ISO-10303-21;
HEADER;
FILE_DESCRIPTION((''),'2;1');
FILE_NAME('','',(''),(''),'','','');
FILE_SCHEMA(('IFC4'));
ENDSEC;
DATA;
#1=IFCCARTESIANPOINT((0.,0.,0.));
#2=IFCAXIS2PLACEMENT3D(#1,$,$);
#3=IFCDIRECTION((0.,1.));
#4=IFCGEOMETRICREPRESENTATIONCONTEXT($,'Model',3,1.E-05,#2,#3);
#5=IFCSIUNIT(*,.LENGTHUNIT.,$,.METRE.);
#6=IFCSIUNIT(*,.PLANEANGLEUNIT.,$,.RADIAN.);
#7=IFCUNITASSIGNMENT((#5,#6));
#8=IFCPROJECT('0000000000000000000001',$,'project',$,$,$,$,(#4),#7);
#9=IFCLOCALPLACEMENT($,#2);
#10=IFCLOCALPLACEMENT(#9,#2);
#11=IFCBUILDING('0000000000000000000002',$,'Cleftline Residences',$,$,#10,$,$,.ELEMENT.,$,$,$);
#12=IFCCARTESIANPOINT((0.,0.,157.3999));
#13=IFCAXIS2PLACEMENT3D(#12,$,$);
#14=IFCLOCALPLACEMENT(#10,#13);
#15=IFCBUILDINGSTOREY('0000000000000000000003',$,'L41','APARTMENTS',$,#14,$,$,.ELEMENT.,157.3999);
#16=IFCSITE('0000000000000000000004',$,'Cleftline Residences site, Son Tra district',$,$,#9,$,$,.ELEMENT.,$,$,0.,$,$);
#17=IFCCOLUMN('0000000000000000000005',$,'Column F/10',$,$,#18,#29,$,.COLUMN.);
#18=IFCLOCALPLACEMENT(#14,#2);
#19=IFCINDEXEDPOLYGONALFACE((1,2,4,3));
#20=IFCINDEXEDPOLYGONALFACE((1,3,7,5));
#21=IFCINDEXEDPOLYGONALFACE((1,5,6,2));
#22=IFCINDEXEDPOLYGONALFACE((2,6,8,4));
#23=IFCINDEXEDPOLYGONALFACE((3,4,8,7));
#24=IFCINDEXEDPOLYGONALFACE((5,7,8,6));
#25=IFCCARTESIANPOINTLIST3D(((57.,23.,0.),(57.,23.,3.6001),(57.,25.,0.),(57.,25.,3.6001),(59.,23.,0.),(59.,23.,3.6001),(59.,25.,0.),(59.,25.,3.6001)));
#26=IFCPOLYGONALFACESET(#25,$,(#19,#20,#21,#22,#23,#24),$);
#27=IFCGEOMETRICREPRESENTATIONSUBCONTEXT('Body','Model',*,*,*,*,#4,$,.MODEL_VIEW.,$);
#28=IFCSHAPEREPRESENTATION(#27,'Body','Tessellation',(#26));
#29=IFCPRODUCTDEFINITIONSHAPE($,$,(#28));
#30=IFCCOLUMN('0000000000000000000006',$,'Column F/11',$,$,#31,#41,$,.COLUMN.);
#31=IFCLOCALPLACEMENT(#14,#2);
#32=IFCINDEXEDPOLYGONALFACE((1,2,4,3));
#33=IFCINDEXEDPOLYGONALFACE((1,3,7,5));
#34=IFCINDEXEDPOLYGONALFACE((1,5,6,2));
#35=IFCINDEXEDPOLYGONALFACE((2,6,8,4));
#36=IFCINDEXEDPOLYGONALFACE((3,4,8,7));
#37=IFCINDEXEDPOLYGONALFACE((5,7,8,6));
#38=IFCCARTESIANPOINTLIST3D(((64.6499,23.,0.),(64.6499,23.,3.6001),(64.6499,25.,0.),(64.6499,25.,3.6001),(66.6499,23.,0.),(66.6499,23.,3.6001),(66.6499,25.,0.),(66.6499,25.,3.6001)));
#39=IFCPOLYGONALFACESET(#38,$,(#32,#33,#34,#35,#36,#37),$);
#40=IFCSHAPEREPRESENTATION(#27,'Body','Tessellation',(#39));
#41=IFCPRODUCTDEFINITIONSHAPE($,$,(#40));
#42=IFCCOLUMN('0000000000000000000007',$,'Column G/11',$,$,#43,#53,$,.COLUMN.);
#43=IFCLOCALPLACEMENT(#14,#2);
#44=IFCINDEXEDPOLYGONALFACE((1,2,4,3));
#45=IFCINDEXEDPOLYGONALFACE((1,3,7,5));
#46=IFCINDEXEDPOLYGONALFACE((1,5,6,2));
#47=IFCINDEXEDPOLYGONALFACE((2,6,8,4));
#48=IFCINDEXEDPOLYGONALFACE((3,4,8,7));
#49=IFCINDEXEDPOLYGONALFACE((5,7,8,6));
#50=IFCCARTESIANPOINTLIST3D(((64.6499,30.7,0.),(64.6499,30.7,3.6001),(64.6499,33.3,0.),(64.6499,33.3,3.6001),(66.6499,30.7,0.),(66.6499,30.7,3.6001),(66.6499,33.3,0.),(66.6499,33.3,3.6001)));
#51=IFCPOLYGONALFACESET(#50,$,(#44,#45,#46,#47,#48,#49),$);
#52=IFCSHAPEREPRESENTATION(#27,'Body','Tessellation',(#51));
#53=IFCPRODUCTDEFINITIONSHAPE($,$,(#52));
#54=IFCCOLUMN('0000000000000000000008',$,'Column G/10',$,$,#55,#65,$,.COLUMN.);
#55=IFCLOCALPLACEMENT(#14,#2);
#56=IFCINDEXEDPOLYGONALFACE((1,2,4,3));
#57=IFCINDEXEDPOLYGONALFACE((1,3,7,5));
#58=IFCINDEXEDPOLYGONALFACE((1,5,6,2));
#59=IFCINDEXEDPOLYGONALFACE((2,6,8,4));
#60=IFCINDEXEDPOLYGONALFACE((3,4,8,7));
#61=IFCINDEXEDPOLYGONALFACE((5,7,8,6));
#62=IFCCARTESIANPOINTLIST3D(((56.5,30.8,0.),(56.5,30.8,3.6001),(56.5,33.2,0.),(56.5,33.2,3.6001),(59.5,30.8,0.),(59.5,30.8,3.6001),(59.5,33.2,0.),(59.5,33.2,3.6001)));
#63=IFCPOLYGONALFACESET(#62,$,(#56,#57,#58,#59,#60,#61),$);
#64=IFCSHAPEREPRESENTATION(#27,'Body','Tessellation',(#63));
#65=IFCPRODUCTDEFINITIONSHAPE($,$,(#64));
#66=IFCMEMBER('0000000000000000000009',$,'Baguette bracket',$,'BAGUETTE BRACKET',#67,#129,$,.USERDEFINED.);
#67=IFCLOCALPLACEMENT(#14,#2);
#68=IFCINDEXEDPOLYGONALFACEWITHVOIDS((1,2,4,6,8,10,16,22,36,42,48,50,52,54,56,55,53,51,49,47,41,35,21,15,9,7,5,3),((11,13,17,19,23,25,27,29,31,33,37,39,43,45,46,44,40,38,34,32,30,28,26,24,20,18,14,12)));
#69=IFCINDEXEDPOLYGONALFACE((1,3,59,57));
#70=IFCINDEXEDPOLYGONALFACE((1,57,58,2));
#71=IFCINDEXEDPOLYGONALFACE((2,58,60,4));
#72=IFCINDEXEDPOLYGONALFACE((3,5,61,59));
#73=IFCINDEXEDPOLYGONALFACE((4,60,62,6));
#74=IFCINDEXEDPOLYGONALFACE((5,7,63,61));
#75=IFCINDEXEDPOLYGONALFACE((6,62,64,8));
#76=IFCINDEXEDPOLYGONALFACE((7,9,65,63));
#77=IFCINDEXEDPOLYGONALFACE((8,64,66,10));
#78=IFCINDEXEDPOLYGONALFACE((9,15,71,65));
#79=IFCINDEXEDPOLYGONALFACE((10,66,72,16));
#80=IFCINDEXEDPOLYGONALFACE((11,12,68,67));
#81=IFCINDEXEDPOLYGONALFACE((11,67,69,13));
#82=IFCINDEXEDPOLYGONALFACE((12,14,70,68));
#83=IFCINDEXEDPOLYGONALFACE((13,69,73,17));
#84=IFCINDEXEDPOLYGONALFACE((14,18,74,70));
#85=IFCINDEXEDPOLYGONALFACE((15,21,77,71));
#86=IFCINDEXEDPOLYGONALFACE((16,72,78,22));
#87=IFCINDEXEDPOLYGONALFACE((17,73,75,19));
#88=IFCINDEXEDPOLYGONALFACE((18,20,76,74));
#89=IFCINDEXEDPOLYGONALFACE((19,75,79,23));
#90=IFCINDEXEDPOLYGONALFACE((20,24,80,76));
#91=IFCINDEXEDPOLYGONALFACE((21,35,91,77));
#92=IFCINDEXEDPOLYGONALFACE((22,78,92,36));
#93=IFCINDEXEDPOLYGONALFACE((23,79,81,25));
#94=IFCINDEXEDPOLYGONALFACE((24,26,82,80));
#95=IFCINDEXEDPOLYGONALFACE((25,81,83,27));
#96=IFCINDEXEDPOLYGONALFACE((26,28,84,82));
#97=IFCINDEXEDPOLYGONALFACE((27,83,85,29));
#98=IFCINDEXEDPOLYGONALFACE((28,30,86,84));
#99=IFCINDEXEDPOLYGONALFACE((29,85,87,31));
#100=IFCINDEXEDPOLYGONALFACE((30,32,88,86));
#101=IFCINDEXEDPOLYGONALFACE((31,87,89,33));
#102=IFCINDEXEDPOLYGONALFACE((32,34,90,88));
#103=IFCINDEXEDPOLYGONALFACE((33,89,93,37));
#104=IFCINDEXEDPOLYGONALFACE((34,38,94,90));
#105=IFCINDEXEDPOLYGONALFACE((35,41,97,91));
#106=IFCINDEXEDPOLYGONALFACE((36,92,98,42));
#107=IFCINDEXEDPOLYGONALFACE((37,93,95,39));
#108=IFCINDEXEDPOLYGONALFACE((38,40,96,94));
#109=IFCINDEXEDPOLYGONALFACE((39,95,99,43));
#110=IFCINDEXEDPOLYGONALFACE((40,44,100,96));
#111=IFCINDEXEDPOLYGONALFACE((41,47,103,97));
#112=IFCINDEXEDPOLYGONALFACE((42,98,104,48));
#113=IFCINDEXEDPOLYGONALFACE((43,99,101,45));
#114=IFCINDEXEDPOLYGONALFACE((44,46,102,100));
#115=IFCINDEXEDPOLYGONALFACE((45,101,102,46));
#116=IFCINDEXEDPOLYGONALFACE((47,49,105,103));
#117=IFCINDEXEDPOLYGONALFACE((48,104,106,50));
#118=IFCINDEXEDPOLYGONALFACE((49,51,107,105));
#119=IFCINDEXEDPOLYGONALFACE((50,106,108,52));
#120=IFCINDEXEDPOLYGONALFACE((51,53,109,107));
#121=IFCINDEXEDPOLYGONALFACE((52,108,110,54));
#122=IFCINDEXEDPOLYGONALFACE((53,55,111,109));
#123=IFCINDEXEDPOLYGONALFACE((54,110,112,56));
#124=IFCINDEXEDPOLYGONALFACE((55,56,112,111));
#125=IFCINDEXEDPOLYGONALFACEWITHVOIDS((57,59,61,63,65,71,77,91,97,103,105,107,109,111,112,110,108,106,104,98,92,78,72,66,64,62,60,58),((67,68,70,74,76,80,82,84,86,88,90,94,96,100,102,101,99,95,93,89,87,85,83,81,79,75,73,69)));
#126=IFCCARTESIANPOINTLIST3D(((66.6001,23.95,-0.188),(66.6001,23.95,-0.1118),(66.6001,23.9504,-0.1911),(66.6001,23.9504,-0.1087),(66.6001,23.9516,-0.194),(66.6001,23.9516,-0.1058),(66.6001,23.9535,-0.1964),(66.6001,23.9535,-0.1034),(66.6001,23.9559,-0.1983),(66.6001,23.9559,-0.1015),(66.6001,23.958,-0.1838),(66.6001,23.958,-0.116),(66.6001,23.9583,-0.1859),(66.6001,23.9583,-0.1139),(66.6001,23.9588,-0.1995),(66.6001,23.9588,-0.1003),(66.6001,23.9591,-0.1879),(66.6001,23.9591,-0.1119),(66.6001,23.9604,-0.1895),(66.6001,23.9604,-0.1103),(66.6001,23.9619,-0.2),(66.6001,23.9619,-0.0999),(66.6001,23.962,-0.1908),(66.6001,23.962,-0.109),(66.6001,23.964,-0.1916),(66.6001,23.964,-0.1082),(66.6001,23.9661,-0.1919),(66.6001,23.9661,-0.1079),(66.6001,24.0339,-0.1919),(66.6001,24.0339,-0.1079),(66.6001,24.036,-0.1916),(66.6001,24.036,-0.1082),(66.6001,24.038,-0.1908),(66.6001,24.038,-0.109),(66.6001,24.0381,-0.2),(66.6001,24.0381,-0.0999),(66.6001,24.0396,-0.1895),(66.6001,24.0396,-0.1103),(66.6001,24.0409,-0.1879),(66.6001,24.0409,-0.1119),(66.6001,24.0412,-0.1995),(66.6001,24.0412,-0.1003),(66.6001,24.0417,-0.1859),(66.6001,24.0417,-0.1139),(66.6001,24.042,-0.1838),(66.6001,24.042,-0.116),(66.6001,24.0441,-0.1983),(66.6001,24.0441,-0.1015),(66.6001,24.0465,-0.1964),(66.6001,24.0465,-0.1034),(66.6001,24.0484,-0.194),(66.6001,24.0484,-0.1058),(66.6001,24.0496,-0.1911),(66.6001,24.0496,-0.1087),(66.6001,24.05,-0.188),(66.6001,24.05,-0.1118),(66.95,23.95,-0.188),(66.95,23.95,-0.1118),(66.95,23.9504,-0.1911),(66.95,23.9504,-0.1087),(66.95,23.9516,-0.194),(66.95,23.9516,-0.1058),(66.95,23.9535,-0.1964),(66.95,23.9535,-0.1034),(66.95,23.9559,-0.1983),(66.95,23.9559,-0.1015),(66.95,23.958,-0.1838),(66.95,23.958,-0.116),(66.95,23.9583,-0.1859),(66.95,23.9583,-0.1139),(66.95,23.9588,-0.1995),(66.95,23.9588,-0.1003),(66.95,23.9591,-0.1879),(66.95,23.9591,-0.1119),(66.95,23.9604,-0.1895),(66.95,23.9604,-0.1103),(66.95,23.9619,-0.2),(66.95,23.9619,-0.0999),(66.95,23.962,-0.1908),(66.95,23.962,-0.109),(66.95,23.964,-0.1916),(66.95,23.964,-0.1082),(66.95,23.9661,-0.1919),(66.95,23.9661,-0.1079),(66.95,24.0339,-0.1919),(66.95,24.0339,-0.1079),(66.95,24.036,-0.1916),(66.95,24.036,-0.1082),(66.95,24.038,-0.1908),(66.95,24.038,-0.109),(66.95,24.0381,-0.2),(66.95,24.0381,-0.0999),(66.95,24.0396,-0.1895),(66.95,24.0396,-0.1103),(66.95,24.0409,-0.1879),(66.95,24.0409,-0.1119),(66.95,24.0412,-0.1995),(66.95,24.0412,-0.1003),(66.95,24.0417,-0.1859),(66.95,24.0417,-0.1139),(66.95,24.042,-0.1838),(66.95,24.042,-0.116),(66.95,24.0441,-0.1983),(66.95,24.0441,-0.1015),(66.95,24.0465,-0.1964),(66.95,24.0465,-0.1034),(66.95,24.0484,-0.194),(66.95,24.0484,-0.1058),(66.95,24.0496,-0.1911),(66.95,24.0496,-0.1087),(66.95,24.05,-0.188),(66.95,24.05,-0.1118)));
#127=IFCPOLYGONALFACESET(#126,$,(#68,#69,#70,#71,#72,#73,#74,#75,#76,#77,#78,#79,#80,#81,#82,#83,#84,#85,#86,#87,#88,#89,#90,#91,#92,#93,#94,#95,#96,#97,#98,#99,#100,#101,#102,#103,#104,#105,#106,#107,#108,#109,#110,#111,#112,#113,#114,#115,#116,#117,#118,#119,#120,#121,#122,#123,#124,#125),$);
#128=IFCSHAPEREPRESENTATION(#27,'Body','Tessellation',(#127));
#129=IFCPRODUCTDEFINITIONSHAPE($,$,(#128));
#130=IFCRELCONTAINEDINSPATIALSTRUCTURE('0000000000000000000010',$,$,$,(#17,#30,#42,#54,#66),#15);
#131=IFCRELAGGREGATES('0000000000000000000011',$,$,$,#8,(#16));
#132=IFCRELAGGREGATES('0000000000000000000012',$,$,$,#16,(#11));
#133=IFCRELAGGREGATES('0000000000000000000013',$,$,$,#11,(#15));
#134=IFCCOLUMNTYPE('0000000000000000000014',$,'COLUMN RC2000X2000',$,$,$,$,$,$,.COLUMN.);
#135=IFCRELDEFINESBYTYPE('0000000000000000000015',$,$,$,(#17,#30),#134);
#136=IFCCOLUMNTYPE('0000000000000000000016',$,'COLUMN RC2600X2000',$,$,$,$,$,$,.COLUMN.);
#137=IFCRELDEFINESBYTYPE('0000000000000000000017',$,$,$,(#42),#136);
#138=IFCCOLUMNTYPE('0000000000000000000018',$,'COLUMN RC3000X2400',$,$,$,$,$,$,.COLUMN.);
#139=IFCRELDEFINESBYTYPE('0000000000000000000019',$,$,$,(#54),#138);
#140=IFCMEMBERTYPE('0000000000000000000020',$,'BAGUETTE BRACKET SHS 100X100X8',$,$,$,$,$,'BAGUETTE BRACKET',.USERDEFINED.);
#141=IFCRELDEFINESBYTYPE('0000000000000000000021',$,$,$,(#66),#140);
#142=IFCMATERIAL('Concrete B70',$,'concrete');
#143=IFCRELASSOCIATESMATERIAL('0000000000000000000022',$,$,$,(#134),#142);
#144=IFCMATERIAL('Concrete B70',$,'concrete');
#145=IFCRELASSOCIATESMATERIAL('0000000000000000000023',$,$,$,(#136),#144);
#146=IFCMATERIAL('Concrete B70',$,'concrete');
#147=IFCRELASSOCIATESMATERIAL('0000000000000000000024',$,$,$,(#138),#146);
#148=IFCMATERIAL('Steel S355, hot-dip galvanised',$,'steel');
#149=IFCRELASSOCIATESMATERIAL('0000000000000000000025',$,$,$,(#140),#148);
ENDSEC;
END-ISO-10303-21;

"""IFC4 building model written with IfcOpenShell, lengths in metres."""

from ifc_helpers import new_model, si_unit, direction, frame, origin, origin_2d, place, context, subcontext, project, spatial, rectangle, hollow_rectangle, extrude, material, material_profile, profile_set, type_object, element, save


model = new_model("IFC4")

# Units and contexts
model_context = context("Model", 3, precision=1e-05, world=origin(), true_north=direction((0.0, 1.0)))
body_context = subcontext(model_context, "Body", "Model", "MODEL_VIEW")
ifc_project = project(units=[si_unit("LENGTHUNIT", "METRE"), si_unit("PLANEANGLEUNIT", "RADIAN")], contexts=[model_context])

# Site, building, storey
site_placement = place(None, origin())
site = spatial("IfcSite", under=ifc_project, at=site_placement, Name="Cleftline Residences site, Son Tra district", CompositionType="ELEMENT", RefElevation=0.0)
building_placement = place(site_placement, origin())
building = spatial("IfcBuilding", under=site, at=building_placement, Name="Cleftline Residences", CompositionType="ELEMENT")
storey_placement = place(building_placement, frame((0.0, 0.0, 157.3999)))
storey = spatial("IfcBuildingStorey", under=building, at=storey_placement, Name="L41", Description="APARTMENTS", CompositionType="ELEMENT", Elevation=157.3999)

# Columns
ifc_material_1 = material(Name="Concrete B70", Category="concrete")
ifc_material_profile_1 = material_profile(ifc_material_1, rectangle(XDim=2.0, YDim=2.0, at=origin_2d()))
ifc_profile_set_1 = profile_set([ifc_material_profile_1], Name="Concrete B70")
column_type_1 = type_object("IfcColumnType", Name="COLUMN RC2000X2000", PredefinedType="COLUMN", material=ifc_profile_set_1)
for number, where, z_axis, x_axis, name in (
    (1, (58.0, 24.0, 0.0), (0.0, 0.0, 1.0), (1.0, 0.0, 0.0), "Column F/10"),
    (2, (65.6499, 24.0, 0.0), (0.0, 0.0, 1.0), (1.0, 0.0, 0.0), "Column F/11"),
):
    element("IfcColumn", number, at=place(storey_placement, frame(where, z_axis=z_axis, x_axis=x_axis)), inside=storey, type_object=column_type_1, Name=name, PredefinedType="COLUMN", context=body_context, shape_type="SweptSolid", body=[
        extrude(rectangle(XDim=2.0, YDim=2.0, at=origin_2d()), origin(), (0.0, 0.0, 1.0), 3.6001),
    ])
ifc_material_2 = material(Name="Concrete B70", Category="concrete")
ifc_material_profile_2 = material_profile(ifc_material_2, rectangle(XDim=2.6001, YDim=2.0, at=origin_2d()))
ifc_profile_set_2 = profile_set([ifc_material_profile_2], Name="Concrete B70")
column_type_2 = type_object("IfcColumnType", Name="COLUMN RC2600X2000", PredefinedType="COLUMN", material=ifc_profile_set_2)
column_1_placement = place(storey_placement, frame((65.6499, 32.0, 0.0), z_axis=(0.0, 0.0, 1.0), x_axis=(0.0, 1.0, 0.0)))
element("IfcColumn", 3, at=column_1_placement, inside=storey, type_object=column_type_2, Name="Column G/11", PredefinedType="COLUMN", context=body_context, shape_type="SweptSolid", body=[
    extrude(rectangle(XDim=2.6001, YDim=2.0, at=origin_2d()), origin(), (0.0, 0.0, 1.0), 3.6001),
])
ifc_material_3 = material(Name="Concrete B70", Category="concrete")
ifc_material_profile_3 = material_profile(ifc_material_3, rectangle(XDim=3.0, YDim=2.3999, at=origin_2d()))
ifc_profile_set_3 = profile_set([ifc_material_profile_3], Name="Concrete B70")
column_type_3 = type_object("IfcColumnType", Name="COLUMN RC3000X2400", PredefinedType="COLUMN", material=ifc_profile_set_3)
column_2_placement = place(storey_placement, frame((58.0, 32.0, 0.0), z_axis=(0.0, 0.0, 1.0), x_axis=(1.0, 0.0, 0.0)))
element("IfcColumn", 4, at=column_2_placement, inside=storey, type_object=column_type_3, Name="Column G/10", PredefinedType="COLUMN", context=body_context, shape_type="SweptSolid", body=[
    extrude(rectangle(XDim=3.0, YDim=2.3999, at=origin_2d()), origin(), (0.0, 0.0, 1.0), 3.6001),
])

# Member
ifc_material_4 = material(Name="Steel S355, hot-dip galvanised", Category="steel")
ifc_material_profile_4 = material_profile(ifc_material_4, hollow_rectangle(XDim=0.1001, YDim=0.1001, WallThickness=0.0081, InnerFilletRadius=0.0081, OuterFilletRadius=0.012, at=origin_2d()))
ifc_profile_set_4 = profile_set([ifc_material_profile_4], Name="Steel S355, hot-dip galvanised")
member_type_1 = type_object("IfcMemberType", Name="BAGUETTE BRACKET SHS 100X100X8", ElementType="BAGUETTE BRACKET", PredefinedType="USERDEFINED", material=ifc_profile_set_4)
member_1_placement = place(storey_placement, frame((66.6001, 24.0, -0.1499), z_axis=(1.0, 0.0, 0.0), x_axis=(0.0, 1.0, 0.0)))
element("IfcMember", 5, at=member_1_placement, inside=storey, type_object=member_type_1, Name="Baguette bracket", ObjectType="BAGUETTE BRACKET", PredefinedType="USERDEFINED", context=body_context, shape_type="SweptSolid", body=[
    extrude(hollow_rectangle(XDim=0.1001, YDim=0.1001, WallThickness=0.0081, InnerFilletRadius=0.0081, OuterFilletRadius=0.012, at=origin_2d()), origin(), (0.0, 0.0, 1.0), 0.3499),
])

save(model, "model.ifc")
